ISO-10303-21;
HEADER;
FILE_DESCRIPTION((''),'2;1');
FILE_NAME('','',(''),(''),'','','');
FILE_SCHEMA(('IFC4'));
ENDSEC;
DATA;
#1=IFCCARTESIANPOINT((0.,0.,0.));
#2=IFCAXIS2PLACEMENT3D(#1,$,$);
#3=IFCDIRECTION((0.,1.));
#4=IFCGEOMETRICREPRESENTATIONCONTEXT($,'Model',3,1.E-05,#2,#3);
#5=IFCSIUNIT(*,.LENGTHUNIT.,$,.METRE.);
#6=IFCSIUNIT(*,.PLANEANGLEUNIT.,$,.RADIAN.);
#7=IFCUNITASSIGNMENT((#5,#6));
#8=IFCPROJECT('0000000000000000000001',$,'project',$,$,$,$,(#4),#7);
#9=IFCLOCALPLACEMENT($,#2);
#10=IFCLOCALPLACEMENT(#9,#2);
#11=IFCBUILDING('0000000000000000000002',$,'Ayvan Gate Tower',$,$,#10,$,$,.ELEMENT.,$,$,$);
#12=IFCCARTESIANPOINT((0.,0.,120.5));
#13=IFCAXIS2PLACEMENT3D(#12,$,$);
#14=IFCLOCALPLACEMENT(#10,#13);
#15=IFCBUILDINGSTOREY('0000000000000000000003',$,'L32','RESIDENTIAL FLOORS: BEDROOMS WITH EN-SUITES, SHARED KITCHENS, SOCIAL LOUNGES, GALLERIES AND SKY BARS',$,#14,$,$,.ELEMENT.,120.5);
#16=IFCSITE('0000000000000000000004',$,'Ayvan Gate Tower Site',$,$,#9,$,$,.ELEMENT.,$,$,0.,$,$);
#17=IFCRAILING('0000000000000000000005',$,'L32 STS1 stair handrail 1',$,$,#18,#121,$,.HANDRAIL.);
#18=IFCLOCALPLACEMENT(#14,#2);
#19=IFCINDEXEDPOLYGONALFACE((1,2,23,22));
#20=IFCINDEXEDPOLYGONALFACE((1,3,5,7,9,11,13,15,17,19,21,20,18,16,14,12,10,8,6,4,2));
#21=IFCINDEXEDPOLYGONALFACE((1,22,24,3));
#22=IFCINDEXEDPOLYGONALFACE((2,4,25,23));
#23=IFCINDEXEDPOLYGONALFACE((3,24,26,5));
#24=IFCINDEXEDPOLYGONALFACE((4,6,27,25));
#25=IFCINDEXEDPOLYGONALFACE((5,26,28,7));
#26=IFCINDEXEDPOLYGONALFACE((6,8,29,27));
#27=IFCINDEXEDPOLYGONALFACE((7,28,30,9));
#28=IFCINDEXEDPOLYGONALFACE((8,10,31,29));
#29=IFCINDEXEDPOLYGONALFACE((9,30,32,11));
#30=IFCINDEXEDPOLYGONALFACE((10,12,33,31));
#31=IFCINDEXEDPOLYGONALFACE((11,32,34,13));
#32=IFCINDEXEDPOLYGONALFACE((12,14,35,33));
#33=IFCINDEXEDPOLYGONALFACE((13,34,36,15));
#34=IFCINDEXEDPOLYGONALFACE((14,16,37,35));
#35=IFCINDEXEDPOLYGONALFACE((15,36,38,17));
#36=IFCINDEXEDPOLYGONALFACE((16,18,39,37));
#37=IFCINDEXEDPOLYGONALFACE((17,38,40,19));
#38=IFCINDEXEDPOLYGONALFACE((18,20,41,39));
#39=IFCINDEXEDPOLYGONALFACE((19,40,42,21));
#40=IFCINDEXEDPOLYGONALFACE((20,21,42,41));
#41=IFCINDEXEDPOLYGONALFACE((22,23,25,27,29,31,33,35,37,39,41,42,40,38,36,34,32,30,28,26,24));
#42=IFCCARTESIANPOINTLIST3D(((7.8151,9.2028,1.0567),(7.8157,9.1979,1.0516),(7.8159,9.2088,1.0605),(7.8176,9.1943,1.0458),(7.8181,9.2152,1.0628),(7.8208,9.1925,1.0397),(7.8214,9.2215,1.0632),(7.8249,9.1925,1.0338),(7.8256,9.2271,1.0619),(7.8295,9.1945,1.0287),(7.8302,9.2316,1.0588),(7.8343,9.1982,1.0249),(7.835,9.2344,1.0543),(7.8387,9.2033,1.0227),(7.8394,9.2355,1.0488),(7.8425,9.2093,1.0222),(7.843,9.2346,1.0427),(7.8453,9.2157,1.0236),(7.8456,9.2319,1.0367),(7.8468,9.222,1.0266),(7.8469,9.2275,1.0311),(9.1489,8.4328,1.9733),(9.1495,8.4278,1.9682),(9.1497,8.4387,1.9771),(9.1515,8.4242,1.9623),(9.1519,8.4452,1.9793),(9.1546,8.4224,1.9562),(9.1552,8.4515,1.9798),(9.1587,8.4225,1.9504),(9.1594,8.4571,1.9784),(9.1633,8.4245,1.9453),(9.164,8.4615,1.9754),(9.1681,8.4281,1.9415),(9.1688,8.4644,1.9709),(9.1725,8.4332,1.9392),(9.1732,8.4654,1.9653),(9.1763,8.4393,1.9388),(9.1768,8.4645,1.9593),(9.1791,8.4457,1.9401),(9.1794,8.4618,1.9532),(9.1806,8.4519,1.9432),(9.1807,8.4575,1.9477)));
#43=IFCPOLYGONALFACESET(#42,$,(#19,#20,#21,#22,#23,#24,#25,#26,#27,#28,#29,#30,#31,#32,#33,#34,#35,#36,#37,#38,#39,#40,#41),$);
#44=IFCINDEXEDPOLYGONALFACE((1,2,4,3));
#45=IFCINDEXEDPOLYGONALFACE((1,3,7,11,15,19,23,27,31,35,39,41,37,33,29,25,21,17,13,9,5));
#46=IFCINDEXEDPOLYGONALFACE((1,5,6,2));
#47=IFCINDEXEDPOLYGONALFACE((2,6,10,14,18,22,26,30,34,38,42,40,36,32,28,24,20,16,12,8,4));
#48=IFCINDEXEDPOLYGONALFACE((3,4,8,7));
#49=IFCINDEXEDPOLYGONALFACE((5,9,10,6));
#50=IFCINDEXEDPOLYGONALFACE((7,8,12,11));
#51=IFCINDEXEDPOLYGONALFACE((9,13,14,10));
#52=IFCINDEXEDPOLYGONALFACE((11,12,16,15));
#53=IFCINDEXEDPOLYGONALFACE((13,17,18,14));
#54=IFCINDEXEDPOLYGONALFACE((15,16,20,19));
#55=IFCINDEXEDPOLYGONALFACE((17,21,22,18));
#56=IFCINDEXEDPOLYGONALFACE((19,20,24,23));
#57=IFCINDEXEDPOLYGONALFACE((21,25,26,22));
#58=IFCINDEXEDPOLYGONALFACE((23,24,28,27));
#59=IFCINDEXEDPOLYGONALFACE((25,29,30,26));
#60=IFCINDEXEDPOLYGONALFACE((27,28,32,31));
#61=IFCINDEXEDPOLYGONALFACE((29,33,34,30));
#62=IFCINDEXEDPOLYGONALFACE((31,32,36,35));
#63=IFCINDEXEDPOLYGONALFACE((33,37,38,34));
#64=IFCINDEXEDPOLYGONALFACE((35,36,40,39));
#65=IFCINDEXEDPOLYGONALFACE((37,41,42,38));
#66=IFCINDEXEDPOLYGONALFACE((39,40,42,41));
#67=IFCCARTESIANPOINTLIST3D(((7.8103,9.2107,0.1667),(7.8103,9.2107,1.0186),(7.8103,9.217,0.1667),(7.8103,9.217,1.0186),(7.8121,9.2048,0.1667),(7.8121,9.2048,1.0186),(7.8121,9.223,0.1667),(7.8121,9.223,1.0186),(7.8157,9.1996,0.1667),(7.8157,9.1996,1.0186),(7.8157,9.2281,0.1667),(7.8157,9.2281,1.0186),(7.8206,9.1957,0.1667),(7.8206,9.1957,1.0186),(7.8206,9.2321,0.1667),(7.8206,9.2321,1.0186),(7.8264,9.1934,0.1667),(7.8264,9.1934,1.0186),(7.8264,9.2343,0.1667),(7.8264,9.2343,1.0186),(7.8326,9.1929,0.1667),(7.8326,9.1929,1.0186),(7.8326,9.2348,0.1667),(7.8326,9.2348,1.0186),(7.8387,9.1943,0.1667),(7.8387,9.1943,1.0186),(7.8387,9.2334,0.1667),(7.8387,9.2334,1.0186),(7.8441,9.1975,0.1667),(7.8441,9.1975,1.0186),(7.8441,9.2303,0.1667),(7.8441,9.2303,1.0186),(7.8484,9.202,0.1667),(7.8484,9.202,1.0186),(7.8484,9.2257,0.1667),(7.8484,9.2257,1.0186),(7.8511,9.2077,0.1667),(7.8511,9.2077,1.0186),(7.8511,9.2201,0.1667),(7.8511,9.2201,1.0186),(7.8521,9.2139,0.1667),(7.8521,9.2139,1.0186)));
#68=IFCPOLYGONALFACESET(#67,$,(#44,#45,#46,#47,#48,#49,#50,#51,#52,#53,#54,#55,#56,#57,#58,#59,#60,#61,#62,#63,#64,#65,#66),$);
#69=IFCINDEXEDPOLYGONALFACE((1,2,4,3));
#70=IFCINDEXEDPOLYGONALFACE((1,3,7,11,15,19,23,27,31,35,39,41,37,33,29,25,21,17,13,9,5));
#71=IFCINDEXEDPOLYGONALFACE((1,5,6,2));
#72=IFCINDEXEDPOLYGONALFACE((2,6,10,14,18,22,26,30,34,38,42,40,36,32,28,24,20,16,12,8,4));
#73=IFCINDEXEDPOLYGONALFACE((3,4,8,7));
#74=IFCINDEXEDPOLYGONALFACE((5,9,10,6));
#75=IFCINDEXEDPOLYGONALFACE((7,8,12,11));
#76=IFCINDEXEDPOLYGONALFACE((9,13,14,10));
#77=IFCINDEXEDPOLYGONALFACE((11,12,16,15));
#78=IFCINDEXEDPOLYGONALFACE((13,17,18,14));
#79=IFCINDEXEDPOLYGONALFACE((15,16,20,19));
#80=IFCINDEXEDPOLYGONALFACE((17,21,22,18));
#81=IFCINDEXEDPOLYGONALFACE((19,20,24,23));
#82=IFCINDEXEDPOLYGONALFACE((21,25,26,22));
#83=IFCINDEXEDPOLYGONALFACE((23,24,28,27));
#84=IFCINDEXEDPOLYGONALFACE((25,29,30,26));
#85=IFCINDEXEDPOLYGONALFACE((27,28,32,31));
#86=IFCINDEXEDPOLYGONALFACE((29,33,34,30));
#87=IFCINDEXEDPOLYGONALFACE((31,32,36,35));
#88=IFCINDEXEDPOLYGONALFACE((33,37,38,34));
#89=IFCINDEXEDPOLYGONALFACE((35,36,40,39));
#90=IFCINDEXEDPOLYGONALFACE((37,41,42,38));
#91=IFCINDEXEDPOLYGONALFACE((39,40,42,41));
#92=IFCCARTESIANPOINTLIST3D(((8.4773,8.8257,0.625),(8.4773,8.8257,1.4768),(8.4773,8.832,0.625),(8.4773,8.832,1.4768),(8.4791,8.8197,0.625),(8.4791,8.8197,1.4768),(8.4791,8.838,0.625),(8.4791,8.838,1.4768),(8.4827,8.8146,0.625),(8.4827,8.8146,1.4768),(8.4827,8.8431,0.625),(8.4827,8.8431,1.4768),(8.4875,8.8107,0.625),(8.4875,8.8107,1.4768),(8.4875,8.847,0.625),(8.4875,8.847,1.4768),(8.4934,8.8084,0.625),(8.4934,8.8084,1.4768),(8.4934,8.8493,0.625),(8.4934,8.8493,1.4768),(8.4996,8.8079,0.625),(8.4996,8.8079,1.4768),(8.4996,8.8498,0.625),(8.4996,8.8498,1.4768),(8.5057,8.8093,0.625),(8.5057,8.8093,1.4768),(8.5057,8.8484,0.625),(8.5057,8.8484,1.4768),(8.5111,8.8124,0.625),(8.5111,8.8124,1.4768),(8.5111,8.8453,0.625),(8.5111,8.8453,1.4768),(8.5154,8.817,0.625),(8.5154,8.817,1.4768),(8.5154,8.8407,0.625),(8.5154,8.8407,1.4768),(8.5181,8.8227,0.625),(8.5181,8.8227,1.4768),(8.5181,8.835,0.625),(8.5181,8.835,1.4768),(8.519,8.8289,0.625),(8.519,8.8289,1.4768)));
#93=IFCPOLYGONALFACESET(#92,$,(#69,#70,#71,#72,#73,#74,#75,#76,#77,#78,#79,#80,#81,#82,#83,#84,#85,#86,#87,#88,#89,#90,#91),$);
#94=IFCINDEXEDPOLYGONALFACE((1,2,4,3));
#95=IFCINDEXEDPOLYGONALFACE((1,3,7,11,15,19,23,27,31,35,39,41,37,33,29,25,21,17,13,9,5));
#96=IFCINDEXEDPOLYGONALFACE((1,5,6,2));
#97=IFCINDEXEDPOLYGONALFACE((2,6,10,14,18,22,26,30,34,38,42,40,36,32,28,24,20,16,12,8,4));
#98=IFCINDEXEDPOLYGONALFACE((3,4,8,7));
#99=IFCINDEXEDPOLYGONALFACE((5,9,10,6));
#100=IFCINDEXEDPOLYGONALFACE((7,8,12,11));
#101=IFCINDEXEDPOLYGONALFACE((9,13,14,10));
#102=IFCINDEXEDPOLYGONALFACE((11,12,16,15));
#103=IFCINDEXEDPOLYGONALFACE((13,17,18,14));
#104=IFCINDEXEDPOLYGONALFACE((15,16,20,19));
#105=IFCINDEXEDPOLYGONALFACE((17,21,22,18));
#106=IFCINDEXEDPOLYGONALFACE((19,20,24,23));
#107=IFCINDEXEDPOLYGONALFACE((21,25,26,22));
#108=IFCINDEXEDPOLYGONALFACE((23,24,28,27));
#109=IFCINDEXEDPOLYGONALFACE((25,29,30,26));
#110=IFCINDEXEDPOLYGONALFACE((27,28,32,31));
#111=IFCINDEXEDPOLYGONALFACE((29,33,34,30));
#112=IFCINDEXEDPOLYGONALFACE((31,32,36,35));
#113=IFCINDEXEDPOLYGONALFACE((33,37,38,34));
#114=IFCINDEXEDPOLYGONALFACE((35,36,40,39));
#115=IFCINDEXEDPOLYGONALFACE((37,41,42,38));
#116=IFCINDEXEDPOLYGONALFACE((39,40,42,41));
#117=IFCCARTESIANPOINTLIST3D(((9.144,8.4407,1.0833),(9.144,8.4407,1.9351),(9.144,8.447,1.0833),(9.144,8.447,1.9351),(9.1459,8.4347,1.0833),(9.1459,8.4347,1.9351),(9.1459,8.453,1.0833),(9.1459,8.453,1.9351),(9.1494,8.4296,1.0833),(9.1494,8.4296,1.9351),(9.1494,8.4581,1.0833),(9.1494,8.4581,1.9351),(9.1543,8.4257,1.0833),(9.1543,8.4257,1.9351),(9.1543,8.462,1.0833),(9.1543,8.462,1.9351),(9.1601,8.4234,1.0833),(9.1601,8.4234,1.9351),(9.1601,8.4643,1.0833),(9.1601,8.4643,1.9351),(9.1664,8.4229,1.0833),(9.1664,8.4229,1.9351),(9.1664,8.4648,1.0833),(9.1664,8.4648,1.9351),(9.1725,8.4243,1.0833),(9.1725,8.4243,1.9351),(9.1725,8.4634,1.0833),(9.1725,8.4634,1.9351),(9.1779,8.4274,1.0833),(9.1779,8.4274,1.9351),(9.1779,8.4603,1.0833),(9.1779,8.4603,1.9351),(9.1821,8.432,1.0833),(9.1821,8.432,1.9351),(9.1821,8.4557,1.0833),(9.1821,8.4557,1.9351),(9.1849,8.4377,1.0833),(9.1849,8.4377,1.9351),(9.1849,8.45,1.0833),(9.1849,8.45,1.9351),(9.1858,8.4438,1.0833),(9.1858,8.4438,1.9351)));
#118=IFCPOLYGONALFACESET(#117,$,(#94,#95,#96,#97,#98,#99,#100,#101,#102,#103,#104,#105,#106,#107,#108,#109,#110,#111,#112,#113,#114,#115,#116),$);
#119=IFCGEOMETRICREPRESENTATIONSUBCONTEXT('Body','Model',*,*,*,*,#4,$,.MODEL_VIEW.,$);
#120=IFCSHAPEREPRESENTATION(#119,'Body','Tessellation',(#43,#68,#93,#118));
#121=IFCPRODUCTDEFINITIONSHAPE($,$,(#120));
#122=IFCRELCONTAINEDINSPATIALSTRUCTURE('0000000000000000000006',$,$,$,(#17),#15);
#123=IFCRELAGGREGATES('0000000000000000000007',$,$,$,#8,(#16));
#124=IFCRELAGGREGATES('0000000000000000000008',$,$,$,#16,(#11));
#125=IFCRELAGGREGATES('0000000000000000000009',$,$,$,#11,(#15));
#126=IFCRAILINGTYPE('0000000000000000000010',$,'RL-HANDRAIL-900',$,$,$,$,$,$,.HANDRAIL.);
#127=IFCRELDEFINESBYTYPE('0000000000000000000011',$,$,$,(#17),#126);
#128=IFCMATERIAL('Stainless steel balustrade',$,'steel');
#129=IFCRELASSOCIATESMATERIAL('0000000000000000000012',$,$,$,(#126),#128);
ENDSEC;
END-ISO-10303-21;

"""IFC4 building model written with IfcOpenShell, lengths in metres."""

from ifc_helpers import new_model, si_unit, direction, frame, origin, origin_2d, place, context, subcontext, project, spatial, circle, extrude, material, type_object, element, save


model = new_model("IFC4")

# Units and contexts
model_context = context("Model", 3, precision=1e-05, world=origin(), true_north=direction((0.0, 1.0)))
body_context = subcontext(model_context, "Body", "Model", "MODEL_VIEW")
ifc_project = project(units=[si_unit("LENGTHUNIT", "METRE"), si_unit("PLANEANGLEUNIT", "RADIAN")], contexts=[model_context])

# Site, building, storey
site_placement = place(None, origin())
site = spatial("IfcSite", under=ifc_project, at=site_placement, Name="Ayvan Gate Tower Site", CompositionType="ELEMENT", RefElevation=0.0)
building_placement = place(site_placement, origin())
building = spatial("IfcBuilding", under=site, at=building_placement, Name="Ayvan Gate Tower", CompositionType="ELEMENT")
storey_placement = place(building_placement, frame((0.0, 0.0, 120.5)))
storey = spatial("IfcBuildingStorey", under=building, at=storey_placement, Name="L32", Description="RESIDENTIAL FLOORS: BEDROOMS WITH EN-SUITES, SHARED KITCHENS, SOCIAL LOUNGES, GALLERIES AND SKY BARS", CompositionType="ELEMENT", Elevation=120.5)

# Railing
ifc_material_1 = material(Name="Stainless steel balustrade", Category="steel")
railing_type_1 = type_object("IfcRailingType", Name="RL-HANDRAIL-900", PredefinedType="HANDRAIL", material=ifc_material_1)
railing_1_placement = place(storey_placement, frame((7.8311, 9.2139, 0.1667)))
element("IfcRailing", 1, at=railing_1_placement, inside=storey, type_object=railing_type_1, Name="L32 STS1 stair handrail 1", PredefinedType="HANDRAIL", context=body_context, shape_type="SweptSolid", body=[
    extrude(circle(Radius=0.0239, at=origin_2d()), frame((0.0, 0.0, 0.876), z_axis=(0.744216, -0.429664, 0.511401), x_axis=(0.499992, 0.86603, 0.0)), (0.0, 0.0, 1.0), 1.7922),
    extrude(circle(Radius=0.021, at=origin_2d()), origin(), (0.0, 0.0, 1.0), 0.8518),
    extrude(circle(Radius=0.021, at=origin_2d()), frame((0.667, -0.385, 0.4583)), (0.0, 0.0, 1.0), 0.8518),
    extrude(circle(Radius=0.021, at=origin_2d()), frame((1.3337, -0.77, 0.9165)), (0.0, 0.0, 1.0), 0.8518),
])

save(model, "model.ifc")
